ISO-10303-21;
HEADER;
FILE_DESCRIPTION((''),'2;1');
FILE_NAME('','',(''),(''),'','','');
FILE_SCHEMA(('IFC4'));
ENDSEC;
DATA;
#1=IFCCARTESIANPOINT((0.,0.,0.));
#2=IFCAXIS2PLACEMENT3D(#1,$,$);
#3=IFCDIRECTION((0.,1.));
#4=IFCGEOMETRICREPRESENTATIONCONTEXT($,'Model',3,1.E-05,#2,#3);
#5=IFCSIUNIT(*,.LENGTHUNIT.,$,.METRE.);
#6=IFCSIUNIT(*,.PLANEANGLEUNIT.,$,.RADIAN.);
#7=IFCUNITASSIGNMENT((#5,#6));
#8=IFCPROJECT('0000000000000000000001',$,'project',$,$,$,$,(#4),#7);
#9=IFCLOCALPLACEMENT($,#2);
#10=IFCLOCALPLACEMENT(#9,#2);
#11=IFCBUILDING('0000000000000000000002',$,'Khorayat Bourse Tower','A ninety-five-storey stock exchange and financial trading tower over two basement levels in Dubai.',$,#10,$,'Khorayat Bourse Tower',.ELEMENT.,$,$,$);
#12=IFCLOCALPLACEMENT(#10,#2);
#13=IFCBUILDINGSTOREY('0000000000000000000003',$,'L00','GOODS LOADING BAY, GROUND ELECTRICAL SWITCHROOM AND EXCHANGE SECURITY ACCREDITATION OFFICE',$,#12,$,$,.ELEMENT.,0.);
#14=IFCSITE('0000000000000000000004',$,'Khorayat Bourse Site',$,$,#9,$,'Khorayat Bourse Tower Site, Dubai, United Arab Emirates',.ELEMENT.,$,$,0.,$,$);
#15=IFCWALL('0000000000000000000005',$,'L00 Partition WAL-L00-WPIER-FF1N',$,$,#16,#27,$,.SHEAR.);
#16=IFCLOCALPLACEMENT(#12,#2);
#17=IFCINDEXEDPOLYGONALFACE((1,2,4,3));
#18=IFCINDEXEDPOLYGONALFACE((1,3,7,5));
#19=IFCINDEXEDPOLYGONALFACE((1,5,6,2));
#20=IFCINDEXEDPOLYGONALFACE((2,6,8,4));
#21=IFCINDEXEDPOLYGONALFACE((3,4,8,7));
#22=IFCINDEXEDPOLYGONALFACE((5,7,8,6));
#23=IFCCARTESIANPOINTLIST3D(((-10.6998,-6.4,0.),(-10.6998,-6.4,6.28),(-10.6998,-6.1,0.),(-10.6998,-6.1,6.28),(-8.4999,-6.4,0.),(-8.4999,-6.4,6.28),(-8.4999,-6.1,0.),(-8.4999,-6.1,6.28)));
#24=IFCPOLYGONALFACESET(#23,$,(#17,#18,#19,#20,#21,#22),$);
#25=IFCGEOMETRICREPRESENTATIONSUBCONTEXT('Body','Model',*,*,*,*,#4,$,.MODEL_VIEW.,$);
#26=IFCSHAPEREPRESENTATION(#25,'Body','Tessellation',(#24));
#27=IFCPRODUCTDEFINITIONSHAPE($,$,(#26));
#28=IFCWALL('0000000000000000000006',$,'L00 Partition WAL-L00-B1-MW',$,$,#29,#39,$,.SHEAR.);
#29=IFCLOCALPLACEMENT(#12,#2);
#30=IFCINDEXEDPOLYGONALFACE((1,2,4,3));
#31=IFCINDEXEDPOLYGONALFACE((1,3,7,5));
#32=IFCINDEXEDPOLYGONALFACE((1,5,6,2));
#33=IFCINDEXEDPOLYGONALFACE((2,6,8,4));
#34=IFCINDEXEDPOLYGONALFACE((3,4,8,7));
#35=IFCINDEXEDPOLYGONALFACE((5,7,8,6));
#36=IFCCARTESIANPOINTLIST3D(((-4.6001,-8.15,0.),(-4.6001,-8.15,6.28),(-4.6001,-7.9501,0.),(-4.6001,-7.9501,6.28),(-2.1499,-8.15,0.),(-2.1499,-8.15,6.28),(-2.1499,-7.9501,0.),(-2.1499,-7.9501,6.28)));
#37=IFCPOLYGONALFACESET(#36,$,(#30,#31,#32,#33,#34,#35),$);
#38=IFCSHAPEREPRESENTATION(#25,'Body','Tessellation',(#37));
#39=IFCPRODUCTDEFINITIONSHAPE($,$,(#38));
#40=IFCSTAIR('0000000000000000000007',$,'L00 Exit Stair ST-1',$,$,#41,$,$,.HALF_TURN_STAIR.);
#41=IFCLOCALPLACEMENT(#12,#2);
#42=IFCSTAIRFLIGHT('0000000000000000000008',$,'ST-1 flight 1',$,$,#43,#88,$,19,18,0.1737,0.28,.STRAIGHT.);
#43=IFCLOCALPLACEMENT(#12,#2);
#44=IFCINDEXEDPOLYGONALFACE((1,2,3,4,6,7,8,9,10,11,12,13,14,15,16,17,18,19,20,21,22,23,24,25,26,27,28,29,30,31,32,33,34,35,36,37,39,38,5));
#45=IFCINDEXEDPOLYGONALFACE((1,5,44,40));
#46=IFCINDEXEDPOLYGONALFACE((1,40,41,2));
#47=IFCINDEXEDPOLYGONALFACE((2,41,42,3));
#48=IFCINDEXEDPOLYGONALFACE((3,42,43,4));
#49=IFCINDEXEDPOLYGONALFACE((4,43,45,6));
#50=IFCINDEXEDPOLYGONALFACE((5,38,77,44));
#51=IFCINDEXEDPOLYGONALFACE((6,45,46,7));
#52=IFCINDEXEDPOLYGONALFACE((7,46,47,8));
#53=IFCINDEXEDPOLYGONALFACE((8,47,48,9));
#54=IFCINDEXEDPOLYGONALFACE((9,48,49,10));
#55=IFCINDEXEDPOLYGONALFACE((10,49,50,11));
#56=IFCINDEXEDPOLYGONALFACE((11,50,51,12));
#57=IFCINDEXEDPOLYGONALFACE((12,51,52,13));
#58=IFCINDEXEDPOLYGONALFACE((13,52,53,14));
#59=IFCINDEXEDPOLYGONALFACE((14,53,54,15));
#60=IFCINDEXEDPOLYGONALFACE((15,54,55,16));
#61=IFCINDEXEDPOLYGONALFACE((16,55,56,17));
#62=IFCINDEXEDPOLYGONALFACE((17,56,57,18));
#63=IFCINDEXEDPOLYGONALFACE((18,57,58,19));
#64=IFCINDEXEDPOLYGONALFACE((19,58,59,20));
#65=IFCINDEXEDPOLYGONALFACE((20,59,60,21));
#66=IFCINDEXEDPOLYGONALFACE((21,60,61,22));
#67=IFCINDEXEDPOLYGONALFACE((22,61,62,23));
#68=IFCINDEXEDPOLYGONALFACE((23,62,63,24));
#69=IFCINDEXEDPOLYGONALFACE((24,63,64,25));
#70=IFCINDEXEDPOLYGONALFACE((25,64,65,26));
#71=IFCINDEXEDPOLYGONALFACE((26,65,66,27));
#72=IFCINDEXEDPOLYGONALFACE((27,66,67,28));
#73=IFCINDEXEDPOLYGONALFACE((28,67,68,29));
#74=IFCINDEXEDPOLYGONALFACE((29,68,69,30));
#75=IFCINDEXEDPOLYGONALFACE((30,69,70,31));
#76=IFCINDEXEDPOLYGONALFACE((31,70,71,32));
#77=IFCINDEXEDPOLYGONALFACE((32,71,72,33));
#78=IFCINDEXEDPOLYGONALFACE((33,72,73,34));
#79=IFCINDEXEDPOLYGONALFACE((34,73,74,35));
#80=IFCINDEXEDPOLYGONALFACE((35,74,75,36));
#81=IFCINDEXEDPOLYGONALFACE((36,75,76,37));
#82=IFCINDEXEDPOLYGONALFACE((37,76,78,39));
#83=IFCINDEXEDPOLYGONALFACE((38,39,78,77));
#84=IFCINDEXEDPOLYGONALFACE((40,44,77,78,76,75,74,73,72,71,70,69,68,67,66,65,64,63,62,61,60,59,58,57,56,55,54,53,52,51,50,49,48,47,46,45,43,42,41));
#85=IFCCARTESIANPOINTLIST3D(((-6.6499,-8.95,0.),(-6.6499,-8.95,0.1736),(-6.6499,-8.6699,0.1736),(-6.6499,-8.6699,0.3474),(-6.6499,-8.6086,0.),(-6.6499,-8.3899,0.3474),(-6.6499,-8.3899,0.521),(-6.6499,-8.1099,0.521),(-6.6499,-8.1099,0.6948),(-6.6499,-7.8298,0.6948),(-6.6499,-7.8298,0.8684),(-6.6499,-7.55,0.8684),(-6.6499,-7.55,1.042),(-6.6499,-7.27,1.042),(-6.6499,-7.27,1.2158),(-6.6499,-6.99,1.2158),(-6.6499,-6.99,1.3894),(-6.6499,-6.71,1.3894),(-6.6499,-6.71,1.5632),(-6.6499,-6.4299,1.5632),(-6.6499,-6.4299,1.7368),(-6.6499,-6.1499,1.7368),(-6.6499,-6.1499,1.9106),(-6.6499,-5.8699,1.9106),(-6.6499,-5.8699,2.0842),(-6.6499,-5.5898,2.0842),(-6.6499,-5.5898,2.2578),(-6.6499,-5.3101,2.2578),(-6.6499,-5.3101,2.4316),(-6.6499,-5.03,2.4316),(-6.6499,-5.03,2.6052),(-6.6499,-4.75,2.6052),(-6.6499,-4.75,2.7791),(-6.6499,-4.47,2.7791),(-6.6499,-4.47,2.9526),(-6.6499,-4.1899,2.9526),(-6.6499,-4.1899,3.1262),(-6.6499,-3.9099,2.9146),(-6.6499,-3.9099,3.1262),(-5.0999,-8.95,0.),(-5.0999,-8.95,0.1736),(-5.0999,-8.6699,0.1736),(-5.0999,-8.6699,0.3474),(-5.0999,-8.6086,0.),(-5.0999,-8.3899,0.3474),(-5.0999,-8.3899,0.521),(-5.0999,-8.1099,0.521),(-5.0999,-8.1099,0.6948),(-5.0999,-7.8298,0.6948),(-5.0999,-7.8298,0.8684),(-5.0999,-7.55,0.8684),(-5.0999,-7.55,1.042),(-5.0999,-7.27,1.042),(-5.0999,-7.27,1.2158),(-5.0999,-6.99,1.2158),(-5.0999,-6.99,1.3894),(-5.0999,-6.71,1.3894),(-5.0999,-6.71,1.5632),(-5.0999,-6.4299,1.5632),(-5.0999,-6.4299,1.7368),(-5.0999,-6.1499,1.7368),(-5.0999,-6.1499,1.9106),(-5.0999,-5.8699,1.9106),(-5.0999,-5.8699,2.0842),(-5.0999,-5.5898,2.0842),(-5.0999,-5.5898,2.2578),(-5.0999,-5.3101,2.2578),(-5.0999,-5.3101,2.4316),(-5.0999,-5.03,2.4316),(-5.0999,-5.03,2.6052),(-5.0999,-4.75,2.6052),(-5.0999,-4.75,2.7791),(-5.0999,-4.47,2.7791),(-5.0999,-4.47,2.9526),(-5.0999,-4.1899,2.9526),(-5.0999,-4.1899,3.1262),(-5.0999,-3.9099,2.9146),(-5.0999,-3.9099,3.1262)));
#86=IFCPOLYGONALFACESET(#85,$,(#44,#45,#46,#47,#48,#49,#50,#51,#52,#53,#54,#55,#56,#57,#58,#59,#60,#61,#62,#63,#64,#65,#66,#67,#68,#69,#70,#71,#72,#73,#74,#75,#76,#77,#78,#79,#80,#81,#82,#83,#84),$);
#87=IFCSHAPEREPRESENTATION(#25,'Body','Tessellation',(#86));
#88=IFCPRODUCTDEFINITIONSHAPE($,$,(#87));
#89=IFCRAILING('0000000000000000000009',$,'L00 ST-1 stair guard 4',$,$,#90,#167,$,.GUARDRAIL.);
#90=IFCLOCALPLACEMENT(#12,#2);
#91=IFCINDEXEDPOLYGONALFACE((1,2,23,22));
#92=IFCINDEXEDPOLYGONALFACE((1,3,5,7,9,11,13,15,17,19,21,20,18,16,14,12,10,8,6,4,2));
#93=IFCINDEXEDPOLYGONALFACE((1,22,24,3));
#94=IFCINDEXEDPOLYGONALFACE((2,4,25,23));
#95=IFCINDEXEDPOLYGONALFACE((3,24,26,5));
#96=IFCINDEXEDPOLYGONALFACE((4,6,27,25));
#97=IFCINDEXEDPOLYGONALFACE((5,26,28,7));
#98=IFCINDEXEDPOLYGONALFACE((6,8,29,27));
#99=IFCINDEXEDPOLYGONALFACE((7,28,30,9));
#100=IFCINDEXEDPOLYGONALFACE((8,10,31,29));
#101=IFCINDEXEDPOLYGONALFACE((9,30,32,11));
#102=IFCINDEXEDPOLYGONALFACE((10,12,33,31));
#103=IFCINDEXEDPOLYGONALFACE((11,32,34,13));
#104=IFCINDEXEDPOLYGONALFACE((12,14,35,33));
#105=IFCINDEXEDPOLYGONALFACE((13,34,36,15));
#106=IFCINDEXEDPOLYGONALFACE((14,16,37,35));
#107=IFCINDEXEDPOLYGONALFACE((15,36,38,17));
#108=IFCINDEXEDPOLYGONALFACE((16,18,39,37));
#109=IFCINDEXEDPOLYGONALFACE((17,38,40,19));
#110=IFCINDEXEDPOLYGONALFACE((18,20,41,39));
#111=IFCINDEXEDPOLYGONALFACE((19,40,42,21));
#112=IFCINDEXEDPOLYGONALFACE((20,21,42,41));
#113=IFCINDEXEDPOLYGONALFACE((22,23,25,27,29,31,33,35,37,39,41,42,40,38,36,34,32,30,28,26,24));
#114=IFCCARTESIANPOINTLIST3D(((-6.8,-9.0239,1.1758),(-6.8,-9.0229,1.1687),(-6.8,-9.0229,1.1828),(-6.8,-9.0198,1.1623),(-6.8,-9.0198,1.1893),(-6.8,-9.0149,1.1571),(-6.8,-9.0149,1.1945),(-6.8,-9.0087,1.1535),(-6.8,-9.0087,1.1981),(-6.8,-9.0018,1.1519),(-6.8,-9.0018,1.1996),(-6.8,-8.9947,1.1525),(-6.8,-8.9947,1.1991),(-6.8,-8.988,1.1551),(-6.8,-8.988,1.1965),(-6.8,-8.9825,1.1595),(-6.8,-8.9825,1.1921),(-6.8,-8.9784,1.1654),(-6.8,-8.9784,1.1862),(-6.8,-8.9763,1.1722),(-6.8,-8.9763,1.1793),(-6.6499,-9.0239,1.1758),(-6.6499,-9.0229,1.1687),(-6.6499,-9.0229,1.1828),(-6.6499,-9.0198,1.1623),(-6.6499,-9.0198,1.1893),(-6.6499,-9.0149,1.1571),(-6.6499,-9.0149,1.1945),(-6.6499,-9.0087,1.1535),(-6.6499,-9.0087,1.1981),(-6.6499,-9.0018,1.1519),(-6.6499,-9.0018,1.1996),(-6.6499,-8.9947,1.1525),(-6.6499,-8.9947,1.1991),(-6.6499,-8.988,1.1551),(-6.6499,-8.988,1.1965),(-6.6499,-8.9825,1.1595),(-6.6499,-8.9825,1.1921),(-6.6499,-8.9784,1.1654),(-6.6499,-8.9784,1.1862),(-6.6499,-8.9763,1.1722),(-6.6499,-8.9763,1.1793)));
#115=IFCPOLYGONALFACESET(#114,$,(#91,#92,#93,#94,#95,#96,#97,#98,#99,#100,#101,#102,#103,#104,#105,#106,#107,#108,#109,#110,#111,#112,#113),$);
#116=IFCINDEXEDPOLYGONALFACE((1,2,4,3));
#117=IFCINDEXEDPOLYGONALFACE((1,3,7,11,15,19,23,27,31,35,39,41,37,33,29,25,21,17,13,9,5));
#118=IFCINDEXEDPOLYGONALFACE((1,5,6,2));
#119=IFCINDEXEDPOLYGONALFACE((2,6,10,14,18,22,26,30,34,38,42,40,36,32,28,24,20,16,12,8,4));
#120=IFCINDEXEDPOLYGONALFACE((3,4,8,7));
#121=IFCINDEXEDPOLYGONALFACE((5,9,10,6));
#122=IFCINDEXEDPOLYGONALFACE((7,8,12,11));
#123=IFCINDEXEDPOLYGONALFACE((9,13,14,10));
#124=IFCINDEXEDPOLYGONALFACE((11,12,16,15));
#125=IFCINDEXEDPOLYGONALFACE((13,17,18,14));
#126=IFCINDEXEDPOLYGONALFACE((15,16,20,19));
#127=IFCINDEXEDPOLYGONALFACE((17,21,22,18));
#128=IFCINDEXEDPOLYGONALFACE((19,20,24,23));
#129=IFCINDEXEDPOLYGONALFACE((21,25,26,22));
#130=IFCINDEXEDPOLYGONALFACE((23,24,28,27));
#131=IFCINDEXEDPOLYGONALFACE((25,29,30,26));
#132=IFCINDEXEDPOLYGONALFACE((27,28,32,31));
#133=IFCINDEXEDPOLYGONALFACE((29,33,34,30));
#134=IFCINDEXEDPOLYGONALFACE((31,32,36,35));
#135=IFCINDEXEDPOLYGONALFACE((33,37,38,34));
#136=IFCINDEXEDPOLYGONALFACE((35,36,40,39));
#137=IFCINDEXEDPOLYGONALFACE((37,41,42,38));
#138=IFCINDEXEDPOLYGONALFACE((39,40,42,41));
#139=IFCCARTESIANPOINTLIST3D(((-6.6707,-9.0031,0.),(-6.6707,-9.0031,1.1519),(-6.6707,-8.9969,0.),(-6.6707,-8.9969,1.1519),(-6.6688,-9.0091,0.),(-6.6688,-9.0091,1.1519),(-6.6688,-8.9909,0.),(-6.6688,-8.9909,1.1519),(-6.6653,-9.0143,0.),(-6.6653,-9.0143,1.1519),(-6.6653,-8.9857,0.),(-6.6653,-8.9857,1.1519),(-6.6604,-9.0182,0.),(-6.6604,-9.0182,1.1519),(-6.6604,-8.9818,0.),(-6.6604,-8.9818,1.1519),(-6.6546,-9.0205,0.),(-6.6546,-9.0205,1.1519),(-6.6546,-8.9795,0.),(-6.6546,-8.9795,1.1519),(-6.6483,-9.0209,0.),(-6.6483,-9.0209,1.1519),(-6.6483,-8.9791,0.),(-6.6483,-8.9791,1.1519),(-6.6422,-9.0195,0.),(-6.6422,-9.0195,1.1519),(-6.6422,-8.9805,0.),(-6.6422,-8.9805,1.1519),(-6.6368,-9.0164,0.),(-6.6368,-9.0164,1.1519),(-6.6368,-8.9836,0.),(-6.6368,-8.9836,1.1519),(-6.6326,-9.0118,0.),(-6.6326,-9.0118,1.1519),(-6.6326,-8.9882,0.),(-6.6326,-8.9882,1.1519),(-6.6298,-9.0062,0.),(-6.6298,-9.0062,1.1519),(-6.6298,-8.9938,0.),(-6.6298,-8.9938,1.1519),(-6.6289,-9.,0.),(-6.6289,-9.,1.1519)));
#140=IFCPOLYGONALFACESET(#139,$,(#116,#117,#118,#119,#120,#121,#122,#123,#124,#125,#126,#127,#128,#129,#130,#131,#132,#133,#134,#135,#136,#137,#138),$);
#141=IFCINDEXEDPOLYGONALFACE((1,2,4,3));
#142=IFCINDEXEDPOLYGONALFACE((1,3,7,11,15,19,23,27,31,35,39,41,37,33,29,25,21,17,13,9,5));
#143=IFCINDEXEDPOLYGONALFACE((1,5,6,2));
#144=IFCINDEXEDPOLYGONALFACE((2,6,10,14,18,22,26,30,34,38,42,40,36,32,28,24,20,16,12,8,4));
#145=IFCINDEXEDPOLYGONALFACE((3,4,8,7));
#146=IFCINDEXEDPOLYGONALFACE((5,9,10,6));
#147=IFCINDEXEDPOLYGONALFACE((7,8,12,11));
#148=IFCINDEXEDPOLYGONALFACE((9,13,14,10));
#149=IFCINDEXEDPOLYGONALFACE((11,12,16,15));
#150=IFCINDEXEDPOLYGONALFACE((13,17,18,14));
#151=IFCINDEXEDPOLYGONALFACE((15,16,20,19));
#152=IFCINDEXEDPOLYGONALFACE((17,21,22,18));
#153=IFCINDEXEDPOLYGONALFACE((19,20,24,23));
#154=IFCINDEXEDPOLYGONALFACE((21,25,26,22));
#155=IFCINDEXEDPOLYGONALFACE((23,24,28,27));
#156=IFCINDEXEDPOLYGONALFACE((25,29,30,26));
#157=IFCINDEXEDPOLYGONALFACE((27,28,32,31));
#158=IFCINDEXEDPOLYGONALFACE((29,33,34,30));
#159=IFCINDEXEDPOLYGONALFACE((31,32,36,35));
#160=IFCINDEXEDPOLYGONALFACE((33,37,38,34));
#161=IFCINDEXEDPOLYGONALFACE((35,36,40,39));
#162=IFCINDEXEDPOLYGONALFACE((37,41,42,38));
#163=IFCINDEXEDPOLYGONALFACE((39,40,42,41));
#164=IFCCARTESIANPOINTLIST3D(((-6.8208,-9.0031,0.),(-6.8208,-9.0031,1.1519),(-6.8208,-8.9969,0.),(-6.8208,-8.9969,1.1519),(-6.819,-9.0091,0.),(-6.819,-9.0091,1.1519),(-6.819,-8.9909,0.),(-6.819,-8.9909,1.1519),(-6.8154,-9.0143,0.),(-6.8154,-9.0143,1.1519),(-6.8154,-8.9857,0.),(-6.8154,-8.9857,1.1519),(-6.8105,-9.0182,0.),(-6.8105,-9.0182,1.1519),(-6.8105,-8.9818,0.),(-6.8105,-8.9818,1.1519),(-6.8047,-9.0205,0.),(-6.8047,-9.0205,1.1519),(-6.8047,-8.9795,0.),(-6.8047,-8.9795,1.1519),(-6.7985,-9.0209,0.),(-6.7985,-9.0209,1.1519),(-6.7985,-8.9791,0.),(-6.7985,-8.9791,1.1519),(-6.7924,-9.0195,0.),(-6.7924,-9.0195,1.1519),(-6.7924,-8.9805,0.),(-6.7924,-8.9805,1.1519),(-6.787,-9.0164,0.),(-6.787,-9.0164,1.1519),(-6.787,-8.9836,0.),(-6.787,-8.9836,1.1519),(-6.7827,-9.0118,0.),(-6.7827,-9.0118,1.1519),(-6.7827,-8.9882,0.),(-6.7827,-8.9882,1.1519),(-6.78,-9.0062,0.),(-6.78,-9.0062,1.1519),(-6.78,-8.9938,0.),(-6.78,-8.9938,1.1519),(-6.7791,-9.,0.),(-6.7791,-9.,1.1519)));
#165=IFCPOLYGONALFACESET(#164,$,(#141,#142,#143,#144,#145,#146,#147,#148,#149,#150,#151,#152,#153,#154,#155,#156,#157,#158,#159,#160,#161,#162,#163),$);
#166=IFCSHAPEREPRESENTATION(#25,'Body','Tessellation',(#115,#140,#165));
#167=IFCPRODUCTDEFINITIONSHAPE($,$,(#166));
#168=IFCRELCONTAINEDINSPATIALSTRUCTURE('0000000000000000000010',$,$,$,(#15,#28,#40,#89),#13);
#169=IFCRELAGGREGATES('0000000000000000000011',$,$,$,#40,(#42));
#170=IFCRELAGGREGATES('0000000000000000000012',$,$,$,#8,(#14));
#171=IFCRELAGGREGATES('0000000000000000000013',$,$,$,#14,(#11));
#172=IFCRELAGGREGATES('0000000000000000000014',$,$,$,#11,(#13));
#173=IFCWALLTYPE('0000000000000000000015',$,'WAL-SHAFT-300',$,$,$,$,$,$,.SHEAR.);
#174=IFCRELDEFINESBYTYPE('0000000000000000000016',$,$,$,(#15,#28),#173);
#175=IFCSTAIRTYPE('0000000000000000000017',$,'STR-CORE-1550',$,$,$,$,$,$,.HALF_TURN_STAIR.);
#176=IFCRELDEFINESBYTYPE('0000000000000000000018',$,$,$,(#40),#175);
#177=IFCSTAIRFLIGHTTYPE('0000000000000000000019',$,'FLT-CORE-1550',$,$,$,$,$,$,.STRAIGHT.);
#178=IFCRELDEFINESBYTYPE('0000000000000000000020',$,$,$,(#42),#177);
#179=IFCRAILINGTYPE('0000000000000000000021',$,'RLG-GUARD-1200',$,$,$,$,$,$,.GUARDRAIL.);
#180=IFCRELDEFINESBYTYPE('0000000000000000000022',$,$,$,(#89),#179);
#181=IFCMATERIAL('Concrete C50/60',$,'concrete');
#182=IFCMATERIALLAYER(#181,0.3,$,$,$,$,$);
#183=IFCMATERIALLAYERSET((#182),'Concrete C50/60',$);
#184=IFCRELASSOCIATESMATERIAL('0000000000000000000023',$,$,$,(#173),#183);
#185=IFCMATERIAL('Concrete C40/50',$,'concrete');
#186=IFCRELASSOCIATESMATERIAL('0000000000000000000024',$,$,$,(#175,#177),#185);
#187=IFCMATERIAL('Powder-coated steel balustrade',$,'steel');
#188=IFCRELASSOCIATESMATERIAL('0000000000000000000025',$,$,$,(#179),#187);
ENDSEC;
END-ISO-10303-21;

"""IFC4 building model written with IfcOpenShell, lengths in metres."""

from ifc_helpers import new_model, si_unit, direction, frame, frame_2d, origin, origin_2d, place, context, subcontext, project, spatial, polyline, rectangle, circle, outline, extrude, source, transform, mapped, material, layer, layer_set, type_object, element, aggregate, save


model = new_model("IFC4")

# Units and contexts
model_context = context("Model", 3, precision=1e-05, world=origin(), true_north=direction((0.0, 1.0)))
body_context = subcontext(model_context, "Body", "Model", "MODEL_VIEW")
ifc_project = project(units=[si_unit("LENGTHUNIT", "METRE"), si_unit("PLANEANGLEUNIT", "RADIAN")], contexts=[model_context])

# Site, building, storey
site_placement = place(None, origin())
site = spatial("IfcSite", under=ifc_project, at=site_placement, Name="Khorayat Bourse Site", LongName="Khorayat Bourse Tower Site, Dubai, United Arab Emirates", CompositionType="ELEMENT", RefElevation=0.0)
building_placement = place(site_placement, origin())
building = spatial("IfcBuilding", under=site, at=building_placement, Name="Khorayat Bourse Tower", Description="A ninety-five-storey stock exchange and financial trading tower over two basement levels in Dubai.", LongName="Khorayat Bourse Tower", CompositionType="ELEMENT")
storey_placement = place(building_placement, origin())
storey = spatial("IfcBuildingStorey", under=building, at=storey_placement, Name="L00", Description="GOODS LOADING BAY, GROUND ELECTRICAL SWITCHROOM AND EXCHANGE SECURITY ACCREDITATION OFFICE", CompositionType="ELEMENT", Elevation=0.0)

# Walls
ifc_material_1 = material(Name="Concrete C50/60", Category="concrete")
ifc_layer_1 = layer(ifc_material_1, 0.3)
ifc_layer_set_1 = layer_set([ifc_layer_1], Name="Concrete C50/60")
wall_type_1 = type_object("IfcWallType", Name="WAL-SHAFT-300", PredefinedType="SHEAR", material=ifc_layer_set_1)
shared_shape_1 = source(origin(), body_context, "Body", "SweptSolid", [
    extrude(rectangle(XDim=2.2, YDim=0.3, at=frame_2d((1.1001, 0.0))), origin(), (0.0, 0.0, 1.0), 6.28),
])
for number, where, z_axis, x_axis, name in (
    (1, (-10.7, -6.25, 0.0), (0.0, 0.0, 1.0), (1.0, 0.0, 0.0), "L00 Partition WAL-L00-WPIER-FF1N"),
):
    element("IfcWall", number, at=place(storey_placement, frame(where, z_axis=z_axis, x_axis=x_axis)), inside=storey, type_object=wall_type_1, Name=name, PredefinedType="SHEAR", context=body_context, shape_type="MappedRepresentation", body=[
        mapped(shared_shape_1, transform((0.0, 0.0, 0.0), scale=1.0)),
    ])
shared_shape_2 = source(origin(), body_context, "Body", "SweptSolid", [
    extrude(rectangle(XDim=2.4502, YDim=0.2, at=frame_2d((1.2251, 0.0))), origin(), (0.0, 0.0, 1.0), 6.28),
])
wall_1_placement = place(storey_placement, frame((-4.6001, -8.05, 0.0), z_axis=(0.0, 0.0, 1.0), x_axis=(1.0, 0.0, 0.0)))
element("IfcWall", 2, at=wall_1_placement, inside=storey, type_object=wall_type_1, Name="L00 Partition WAL-L00-B1-MW", PredefinedType="SHEAR", context=body_context, shape_type="MappedRepresentation", body=[
    mapped(shared_shape_2, transform((0.0, 0.0, 0.0), scale=1.0)),
])

# Stair, stair flight
ifc_material_2 = material(Name="Concrete C40/50", Category="concrete")
stair_type = type_object("IfcStairType", Name="STR-CORE-1550", PredefinedType="HALF_TURN_STAIR", material=ifc_material_2)
stair_placement = place(storey_placement, origin())
stair = element("IfcStair", 3, at=stair_placement, inside=storey, type_object=stair_type, Name="L00 Exit Stair ST-1", PredefinedType="HALF_TURN_STAIR")
stair_flight_type = type_object("IfcStairFlightType", Name="FLT-CORE-1550", PredefinedType="STRAIGHT", material=ifc_material_2)
shared_shape_3 = source(origin(), body_context, "Body", "SweptSolid", [
    extrude(outline(polyline([(0.0, 0.0), (0.0, 0.1736), (0.28, 0.1736), (0.28, 0.3474), (0.5601, 0.3474), (0.5601, 0.521), (0.8401, 0.521), (0.8401, 0.6948), (1.1201, 0.6948), (1.1201, 0.8684), (1.3999, 0.8684), (1.3999, 1.042), (1.6799, 1.042), (1.6799, 1.2158), (1.96, 1.2158), (1.96, 1.3894), (2.24, 1.3894), (2.24, 1.5632), (2.52, 1.5632), (2.52, 1.7368), (2.8, 1.7368), (2.8, 1.9106), (3.0801, 1.9106), (3.0801, 2.0842), (3.3601, 2.0842), (3.3601, 2.2578), (3.6399, 2.2578), (3.6399, 2.4316), (3.9199, 2.4316), (3.9199, 2.6052), (4.2, 2.6052), (4.2, 2.7791), (4.48, 2.7791), (4.48, 2.9526), (4.76, 2.9526), (4.76, 3.1262), (5.04, 3.1262), (5.04, 3.3), (5.04, 2.9146), (0.3413, 0.0), (0.0, 0.0)])), frame((0.0, 0.7749, 0.0), z_axis=(0.0, -1.0, 0.0), x_axis=(1.0, 0.0, 0.0)), (0.0, 0.0, 1.0), 1.55),
])
stair_flight_placement = place(storey_placement, frame((-5.875, -8.95, 0.0), z_axis=(0.0, 0.0, 1.0), x_axis=(0.0, 1.0, 0.0)))
stair_flight = element("IfcStairFlight", 4, at=stair_flight_placement, type_object=stair_flight_type, Name="ST-1 flight 1", NumberOfRisers=19, NumberOfTreads=18, PredefinedType="STRAIGHT", RiserHeight=0.1737, TreadLength=0.28, context=body_context, shape_type="MappedRepresentation", body=[
    mapped(shared_shape_3, transform((0.0, 0.0, 0.0), scale=1.0)),
])
aggregate(stair, [stair_flight])

# Railing
ifc_material_3 = material(Name="Powder-coated steel balustrade", Category="steel")
railing_type_1 = type_object("IfcRailingType", Name="RLG-GUARD-1200", PredefinedType="GUARDRAIL", material=ifc_material_3)
shared_shape_4 = source(origin(), body_context, "Body", "SweptSolid", [
    extrude(circle(Radius=0.0239, at=origin_2d()), frame((0.0, 0.0, 1.1758), z_axis=(-1.0, 0.0, 0.0), x_axis=(0.0, -1.0, 0.0)), (0.0, 0.0, 1.0), 0.1501),
    extrude(circle(Radius=0.021, at=origin_2d()), origin(), (0.0, 0.0, 1.0), 1.1519),
    extrude(circle(Radius=0.021, at=origin_2d()), frame((-0.1501, 0.0, 0.0)), (0.0, 0.0, 1.0), 1.1519),
])
railing_1_placement = place(storey_placement, frame((-6.6499, -9.0, 0.0)))
element("IfcRailing", 5, at=railing_1_placement, inside=storey, type_object=railing_type_1, Name="L00 ST-1 stair guard 4", PredefinedType="GUARDRAIL", context=body_context, shape_type="MappedRepresentation", body=[
    mapped(shared_shape_4, transform((0.0, 0.0, 0.0), scale=1.0)),
])

save(model, "model.ifc")
